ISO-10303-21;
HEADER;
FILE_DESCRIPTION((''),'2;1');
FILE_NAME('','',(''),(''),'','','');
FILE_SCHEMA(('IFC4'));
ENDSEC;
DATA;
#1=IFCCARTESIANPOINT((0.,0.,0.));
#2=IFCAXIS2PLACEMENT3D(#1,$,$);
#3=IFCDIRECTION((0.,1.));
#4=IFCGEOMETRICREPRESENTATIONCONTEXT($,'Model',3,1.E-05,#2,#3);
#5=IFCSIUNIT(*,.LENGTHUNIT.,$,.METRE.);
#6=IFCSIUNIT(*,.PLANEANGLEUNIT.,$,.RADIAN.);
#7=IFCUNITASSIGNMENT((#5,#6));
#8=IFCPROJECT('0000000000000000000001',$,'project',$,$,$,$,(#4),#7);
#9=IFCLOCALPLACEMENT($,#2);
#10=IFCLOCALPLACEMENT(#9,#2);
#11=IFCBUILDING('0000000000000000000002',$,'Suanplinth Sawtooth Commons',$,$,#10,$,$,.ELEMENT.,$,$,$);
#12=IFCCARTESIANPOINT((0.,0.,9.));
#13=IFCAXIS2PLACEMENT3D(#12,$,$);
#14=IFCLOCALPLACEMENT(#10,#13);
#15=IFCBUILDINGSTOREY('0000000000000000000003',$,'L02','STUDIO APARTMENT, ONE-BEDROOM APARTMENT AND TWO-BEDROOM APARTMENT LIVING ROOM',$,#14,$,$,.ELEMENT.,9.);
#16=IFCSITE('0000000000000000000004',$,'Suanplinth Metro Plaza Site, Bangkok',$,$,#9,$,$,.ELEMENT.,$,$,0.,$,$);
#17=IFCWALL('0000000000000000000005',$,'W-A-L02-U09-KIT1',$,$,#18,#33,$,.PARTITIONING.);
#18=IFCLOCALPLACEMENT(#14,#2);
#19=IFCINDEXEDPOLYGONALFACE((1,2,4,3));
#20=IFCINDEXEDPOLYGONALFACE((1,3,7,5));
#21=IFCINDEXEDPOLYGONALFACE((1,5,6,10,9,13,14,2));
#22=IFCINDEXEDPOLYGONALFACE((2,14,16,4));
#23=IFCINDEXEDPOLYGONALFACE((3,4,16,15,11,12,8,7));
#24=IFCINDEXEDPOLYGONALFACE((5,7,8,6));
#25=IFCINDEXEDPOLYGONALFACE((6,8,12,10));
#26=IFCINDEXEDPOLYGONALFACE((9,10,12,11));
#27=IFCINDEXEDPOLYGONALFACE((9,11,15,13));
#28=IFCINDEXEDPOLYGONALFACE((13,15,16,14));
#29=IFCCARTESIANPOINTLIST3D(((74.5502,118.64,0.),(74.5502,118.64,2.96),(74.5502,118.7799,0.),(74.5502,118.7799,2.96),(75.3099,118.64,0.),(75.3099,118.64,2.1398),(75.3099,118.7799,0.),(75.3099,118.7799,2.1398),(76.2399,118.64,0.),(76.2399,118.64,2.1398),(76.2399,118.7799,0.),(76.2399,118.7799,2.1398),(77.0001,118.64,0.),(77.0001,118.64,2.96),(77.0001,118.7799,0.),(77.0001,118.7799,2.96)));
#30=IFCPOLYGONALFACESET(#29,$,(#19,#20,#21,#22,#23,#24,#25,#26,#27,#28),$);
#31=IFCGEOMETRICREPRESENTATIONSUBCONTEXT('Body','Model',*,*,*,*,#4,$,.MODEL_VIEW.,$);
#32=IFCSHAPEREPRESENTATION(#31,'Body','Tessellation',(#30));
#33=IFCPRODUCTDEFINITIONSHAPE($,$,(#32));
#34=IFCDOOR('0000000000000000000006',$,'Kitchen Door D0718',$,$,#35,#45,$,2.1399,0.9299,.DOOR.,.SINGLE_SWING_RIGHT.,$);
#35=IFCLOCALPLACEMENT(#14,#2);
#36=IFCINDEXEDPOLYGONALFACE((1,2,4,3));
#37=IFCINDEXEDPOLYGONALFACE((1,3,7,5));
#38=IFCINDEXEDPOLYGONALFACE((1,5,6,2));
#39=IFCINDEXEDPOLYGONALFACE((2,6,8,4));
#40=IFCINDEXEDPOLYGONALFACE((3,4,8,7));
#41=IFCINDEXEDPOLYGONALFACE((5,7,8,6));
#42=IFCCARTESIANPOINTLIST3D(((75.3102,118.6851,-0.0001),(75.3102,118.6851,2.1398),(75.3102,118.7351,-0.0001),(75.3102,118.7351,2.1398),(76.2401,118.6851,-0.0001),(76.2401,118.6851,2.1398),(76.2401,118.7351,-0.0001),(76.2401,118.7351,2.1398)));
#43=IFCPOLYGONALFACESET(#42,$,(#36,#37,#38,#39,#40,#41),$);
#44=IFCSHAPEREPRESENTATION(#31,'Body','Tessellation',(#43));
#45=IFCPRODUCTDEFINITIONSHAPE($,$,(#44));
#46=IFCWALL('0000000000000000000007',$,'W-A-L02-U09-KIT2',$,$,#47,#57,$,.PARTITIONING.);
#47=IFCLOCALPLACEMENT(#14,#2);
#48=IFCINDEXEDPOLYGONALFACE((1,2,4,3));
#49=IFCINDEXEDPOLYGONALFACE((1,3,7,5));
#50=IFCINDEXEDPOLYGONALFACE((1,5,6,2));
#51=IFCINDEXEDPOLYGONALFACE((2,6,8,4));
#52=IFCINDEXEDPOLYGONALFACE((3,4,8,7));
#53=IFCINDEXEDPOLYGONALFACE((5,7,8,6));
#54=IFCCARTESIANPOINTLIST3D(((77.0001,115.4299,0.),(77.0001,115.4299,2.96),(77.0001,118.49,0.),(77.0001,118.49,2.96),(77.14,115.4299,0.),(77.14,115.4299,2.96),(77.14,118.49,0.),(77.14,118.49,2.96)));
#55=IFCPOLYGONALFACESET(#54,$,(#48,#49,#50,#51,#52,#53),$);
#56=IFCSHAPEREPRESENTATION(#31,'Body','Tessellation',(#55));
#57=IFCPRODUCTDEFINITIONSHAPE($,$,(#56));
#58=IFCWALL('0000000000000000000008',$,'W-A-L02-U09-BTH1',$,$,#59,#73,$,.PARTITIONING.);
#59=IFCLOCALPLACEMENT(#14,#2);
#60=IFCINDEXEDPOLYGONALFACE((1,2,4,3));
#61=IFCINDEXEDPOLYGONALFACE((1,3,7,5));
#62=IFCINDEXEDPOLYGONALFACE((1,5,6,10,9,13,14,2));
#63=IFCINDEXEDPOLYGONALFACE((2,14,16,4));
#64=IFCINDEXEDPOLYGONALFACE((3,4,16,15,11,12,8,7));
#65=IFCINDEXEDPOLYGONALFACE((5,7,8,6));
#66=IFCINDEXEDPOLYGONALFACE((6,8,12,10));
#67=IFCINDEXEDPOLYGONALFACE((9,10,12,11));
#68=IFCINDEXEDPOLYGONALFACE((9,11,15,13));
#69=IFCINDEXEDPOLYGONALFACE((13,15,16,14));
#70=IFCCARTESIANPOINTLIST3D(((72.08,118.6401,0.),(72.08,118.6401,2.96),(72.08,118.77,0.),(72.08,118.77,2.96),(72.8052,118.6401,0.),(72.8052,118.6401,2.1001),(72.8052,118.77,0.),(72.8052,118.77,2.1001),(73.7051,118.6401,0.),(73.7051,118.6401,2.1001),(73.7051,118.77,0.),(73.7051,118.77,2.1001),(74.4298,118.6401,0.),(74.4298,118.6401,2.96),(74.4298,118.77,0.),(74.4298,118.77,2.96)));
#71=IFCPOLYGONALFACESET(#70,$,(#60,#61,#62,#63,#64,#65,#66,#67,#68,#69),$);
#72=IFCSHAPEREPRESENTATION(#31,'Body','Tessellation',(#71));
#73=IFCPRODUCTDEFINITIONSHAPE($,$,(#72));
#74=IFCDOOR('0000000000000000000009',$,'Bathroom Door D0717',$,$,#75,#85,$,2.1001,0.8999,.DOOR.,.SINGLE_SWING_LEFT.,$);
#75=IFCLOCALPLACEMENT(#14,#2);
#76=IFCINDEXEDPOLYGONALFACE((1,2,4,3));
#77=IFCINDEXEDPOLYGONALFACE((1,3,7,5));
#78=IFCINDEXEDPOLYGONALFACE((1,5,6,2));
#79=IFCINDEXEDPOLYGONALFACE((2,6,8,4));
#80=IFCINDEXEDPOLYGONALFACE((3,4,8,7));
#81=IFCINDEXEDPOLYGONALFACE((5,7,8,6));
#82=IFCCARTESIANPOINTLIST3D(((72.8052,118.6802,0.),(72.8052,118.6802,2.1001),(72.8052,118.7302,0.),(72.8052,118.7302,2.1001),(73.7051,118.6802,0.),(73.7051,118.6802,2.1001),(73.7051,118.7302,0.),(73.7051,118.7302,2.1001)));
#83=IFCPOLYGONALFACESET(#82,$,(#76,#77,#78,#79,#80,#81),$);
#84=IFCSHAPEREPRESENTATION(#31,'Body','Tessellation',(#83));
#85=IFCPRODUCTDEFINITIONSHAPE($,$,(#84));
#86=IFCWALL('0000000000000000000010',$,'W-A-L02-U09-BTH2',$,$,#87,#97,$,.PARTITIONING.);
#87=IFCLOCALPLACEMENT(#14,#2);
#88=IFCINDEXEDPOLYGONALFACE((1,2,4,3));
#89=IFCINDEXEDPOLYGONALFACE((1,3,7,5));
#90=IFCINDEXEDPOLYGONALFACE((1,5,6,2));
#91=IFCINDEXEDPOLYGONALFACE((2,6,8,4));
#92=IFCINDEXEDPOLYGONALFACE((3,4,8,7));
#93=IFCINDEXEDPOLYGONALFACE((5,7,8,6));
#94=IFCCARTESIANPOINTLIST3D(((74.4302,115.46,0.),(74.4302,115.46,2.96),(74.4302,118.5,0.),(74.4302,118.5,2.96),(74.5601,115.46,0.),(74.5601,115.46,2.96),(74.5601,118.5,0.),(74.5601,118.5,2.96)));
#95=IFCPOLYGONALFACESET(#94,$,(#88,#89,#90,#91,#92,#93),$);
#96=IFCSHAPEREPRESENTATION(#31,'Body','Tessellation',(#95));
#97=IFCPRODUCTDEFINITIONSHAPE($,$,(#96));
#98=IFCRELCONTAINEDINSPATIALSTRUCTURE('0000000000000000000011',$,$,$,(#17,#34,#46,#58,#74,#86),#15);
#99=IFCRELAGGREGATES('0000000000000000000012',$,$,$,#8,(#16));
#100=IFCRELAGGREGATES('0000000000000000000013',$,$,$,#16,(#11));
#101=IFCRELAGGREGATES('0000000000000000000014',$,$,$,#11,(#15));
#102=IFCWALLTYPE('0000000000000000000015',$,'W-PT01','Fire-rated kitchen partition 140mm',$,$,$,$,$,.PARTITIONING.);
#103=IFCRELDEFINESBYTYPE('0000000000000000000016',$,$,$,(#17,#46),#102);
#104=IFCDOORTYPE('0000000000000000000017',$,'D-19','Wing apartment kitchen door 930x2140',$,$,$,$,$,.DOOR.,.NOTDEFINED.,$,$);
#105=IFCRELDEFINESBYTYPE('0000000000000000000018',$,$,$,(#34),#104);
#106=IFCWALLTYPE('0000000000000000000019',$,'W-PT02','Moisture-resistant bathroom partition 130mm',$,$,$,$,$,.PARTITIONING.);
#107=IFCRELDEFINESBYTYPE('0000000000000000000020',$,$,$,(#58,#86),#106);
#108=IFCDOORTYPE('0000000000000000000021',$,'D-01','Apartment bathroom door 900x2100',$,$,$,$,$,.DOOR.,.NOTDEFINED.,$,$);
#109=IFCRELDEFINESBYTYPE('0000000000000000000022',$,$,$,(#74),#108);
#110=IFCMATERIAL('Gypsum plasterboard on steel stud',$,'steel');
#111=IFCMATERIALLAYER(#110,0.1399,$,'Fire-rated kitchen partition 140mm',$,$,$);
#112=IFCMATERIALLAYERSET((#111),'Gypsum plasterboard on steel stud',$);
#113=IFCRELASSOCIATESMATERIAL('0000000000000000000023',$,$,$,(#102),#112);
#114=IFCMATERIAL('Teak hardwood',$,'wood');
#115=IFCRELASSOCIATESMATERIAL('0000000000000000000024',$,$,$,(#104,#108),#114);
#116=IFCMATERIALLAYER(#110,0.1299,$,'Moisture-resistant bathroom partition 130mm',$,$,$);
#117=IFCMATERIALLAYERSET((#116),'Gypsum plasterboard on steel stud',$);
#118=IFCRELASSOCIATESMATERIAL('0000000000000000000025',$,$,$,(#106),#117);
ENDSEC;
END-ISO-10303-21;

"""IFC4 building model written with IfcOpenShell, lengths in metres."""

from ifc_helpers import new_model, si_unit, direction, frame, frame_2d, origin, place, context, subcontext, project, spatial, rectangle, extrude, material, layer, layer_set, type_object, element, fill, save


model = new_model("IFC4")

# Units and contexts
model_context = context("Model", 3, precision=1e-05, world=origin(), true_north=direction((0.0, 1.0)))
body_context = subcontext(model_context, "Body", "Model", "MODEL_VIEW")
ifc_project = project(units=[si_unit("LENGTHUNIT", "METRE"), si_unit("PLANEANGLEUNIT", "RADIAN")], contexts=[model_context])

# Site, building, storey
site_placement = place(None, origin())
site = spatial("IfcSite", under=ifc_project, at=site_placement, Name="Suanplinth Metro Plaza Site, Bangkok", CompositionType="ELEMENT", RefElevation=0.0)
building_placement = place(site_placement, origin())
building = spatial("IfcBuilding", under=site, at=building_placement, Name="Suanplinth Sawtooth Commons", CompositionType="ELEMENT")
storey_placement = place(building_placement, frame((0.0, 0.0, 9.0)))
storey = spatial("IfcBuildingStorey", under=building, at=storey_placement, Name="L02", Description="STUDIO APARTMENT, ONE-BEDROOM APARTMENT AND TWO-BEDROOM APARTMENT LIVING ROOM", CompositionType="ELEMENT", Elevation=9.0)

# Shared definitions
ifc_material_1 = material(Name="Gypsum plasterboard on steel stud", Category="steel")
ifc_layer_1 = layer(ifc_material_1, 0.1399, Name="Fire-rated kitchen partition 140mm")
ifc_layer_set_1 = layer_set([ifc_layer_1], Name="Gypsum plasterboard on steel stud")
wall_type_1 = type_object("IfcWallType", Name="W-PT01", Description="Fire-rated kitchen partition 140mm", PredefinedType="PARTITIONING", material=ifc_layer_set_1)

# Wall, opening, door
wall_1_placement = place(storey_placement, frame((74.55, 118.71, 0.0), z_axis=(0.0, 0.0, 1.0), x_axis=(1.0, 0.0, 0.0)))
wall_1 = element("IfcWall", 1, at=wall_1_placement, inside=storey, type_object=wall_type_1, Name="W-A-L02-U09-KIT1", PredefinedType="PARTITIONING", context=body_context, shape_type="SweptSolid", body=[
    extrude(rectangle(XDim=2.45, YDim=0.1399, at=frame_2d((1.2251, 0.0))), origin(), (0.0, 0.0, 1.0), 2.96),
])
opening_1_placement = place(wall_1_placement, frame((0.76, 0.0, 0.0)))
opening_1 = element("IfcOpeningElement", 2, at=opening_1_placement, cuts=wall_1, PredefinedType="OPENING", context=body_context, shape_type="SweptSolid", body=[
    extrude(rectangle(XDim=0.9299, YDim=2.1399, at=frame_2d((0.4648, 1.0698))), frame((0.0, 0.085, 0.0), z_axis=(0.0, -1.0, 0.0), x_axis=(1.0, 0.0, 0.0)), (0.0, 0.0, 1.0), 0.1697),
])
ifc_material_2 = material(Name="Teak hardwood", Category="wood")
door_type_1 = type_object("IfcDoorType", Name="D-19", Description="Wing apartment kitchen door 930x2140", OperationType="NOTDEFINED", PredefinedType="DOOR", material=ifc_material_2)
door_1_placement = place(opening_1_placement, frame((0.9299, 0.0, 0.0), z_axis=(0.0, 0.0, 1.0), x_axis=(-1.0, 0.0, 0.0)))
door_1 = element("IfcDoor", 3, at=door_1_placement, inside=storey, type_object=door_type_1, Name="Kitchen Door D0718", OperationType="SINGLE_SWING_RIGHT", OverallHeight=2.1399, OverallWidth=0.9299, PredefinedType="DOOR", context=body_context, shape_type="SweptSolid", body=[
    extrude(rectangle(XDim=0.9299, YDim=2.1399, at=frame_2d((0.4648, 1.0698))), frame((0.0, 0.0249, 0.0), z_axis=(0.0, -1.0, 0.0), x_axis=(1.0, 0.0, 0.0)), (0.0, 0.0, 1.0), 0.05),
])
fill(opening_1, door_1)

# Wall
wall_2_placement = place(storey_placement, frame((77.0701, 115.4299, 0.0), z_axis=(0.0, 0.0, 1.0), x_axis=(0.0, 1.0, 0.0)))
element("IfcWall", 4, at=wall_2_placement, inside=storey, type_object=wall_type_1, Name="W-A-L02-U09-KIT2", PredefinedType="PARTITIONING", context=body_context, shape_type="SweptSolid", body=[
    extrude(rectangle(XDim=3.0601, YDim=0.1399, at=frame_2d((1.53, 0.0))), origin(), (0.0, 0.0, 1.0), 2.96),
])

# Wall, opening, door
ifc_layer_2 = layer(ifc_material_1, 0.1299, Name="Moisture-resistant bathroom partition 130mm")
ifc_layer_set_2 = layer_set([ifc_layer_2], Name="Gypsum plasterboard on steel stud")
wall_type_2 = type_object("IfcWallType", Name="W-PT02", Description="Moisture-resistant bathroom partition 130mm", PredefinedType="PARTITIONING", material=ifc_layer_set_2)
wall_3_placement = place(storey_placement, frame((72.0801, 118.7051, 0.0), z_axis=(0.0, 0.0, 1.0), x_axis=(1.0, 0.0, 0.0)))
wall_3 = element("IfcWall", 5, at=wall_3_placement, inside=storey, type_object=wall_type_2, Name="W-A-L02-U09-BTH1", PredefinedType="PARTITIONING", context=body_context, shape_type="SweptSolid", body=[
    extrude(rectangle(XDim=2.3499, YDim=0.1299, at=frame_2d((1.1748, 0.0))), origin(), (0.0, 0.0, 1.0), 2.96),
])
opening_2_placement = place(wall_3_placement, frame((0.7251, 0.0, 0.0)))
opening_2 = element("IfcOpeningElement", 6, at=opening_2_placement, cuts=wall_3, PredefinedType="OPENING", context=body_context, shape_type="SweptSolid", body=[
    extrude(rectangle(XDim=0.8999, YDim=2.1001, at=frame_2d((0.45, 1.05))), frame((0.0, 0.0798, 0.0), z_axis=(0.0, -1.0, 0.0), x_axis=(1.0, 0.0, 0.0)), (0.0, 0.0, 1.0), 0.1597),
])
door_type_2 = type_object("IfcDoorType", Name="D-01", Description="Apartment bathroom door 900x2100", OperationType="NOTDEFINED", PredefinedType="DOOR", material=ifc_material_2)
door_2_placement = place(opening_2_placement, frame((0.8999, 0.0, 0.0), z_axis=(0.0, 0.0, 1.0), x_axis=(-1.0, 0.0, 0.0)))
door_2 = element("IfcDoor", 7, at=door_2_placement, inside=storey, type_object=door_type_2, Name="Bathroom Door D0717", OperationType="SINGLE_SWING_LEFT", OverallHeight=2.1001, OverallWidth=0.8999, PredefinedType="DOOR", context=body_context, shape_type="SweptSolid", body=[
    extrude(rectangle(XDim=0.8999, YDim=2.1001, at=frame_2d((0.45, 1.05))), frame((0.0, 0.0249, 0.0), z_axis=(0.0, -1.0, 0.0), x_axis=(1.0, 0.0, 0.0)), (0.0, 0.0, 1.0), 0.05),
])
fill(opening_2, door_2)

# Wall
wall_4_placement = place(storey_placement, frame((74.4951, 115.46, 0.0), z_axis=(0.0, 0.0, 1.0), x_axis=(0.0, 1.0, 0.0)))
element("IfcWall", 8, at=wall_4_placement, inside=storey, type_object=wall_type_2, Name="W-A-L02-U09-BTH2", PredefinedType="PARTITIONING", context=body_context, shape_type="SweptSolid", body=[
    extrude(rectangle(XDim=3.04, YDim=0.1299, at=frame_2d((1.52, 0.0))), origin(), (0.0, 0.0, 1.0), 2.96),
])

save(model, "model.ifc")
